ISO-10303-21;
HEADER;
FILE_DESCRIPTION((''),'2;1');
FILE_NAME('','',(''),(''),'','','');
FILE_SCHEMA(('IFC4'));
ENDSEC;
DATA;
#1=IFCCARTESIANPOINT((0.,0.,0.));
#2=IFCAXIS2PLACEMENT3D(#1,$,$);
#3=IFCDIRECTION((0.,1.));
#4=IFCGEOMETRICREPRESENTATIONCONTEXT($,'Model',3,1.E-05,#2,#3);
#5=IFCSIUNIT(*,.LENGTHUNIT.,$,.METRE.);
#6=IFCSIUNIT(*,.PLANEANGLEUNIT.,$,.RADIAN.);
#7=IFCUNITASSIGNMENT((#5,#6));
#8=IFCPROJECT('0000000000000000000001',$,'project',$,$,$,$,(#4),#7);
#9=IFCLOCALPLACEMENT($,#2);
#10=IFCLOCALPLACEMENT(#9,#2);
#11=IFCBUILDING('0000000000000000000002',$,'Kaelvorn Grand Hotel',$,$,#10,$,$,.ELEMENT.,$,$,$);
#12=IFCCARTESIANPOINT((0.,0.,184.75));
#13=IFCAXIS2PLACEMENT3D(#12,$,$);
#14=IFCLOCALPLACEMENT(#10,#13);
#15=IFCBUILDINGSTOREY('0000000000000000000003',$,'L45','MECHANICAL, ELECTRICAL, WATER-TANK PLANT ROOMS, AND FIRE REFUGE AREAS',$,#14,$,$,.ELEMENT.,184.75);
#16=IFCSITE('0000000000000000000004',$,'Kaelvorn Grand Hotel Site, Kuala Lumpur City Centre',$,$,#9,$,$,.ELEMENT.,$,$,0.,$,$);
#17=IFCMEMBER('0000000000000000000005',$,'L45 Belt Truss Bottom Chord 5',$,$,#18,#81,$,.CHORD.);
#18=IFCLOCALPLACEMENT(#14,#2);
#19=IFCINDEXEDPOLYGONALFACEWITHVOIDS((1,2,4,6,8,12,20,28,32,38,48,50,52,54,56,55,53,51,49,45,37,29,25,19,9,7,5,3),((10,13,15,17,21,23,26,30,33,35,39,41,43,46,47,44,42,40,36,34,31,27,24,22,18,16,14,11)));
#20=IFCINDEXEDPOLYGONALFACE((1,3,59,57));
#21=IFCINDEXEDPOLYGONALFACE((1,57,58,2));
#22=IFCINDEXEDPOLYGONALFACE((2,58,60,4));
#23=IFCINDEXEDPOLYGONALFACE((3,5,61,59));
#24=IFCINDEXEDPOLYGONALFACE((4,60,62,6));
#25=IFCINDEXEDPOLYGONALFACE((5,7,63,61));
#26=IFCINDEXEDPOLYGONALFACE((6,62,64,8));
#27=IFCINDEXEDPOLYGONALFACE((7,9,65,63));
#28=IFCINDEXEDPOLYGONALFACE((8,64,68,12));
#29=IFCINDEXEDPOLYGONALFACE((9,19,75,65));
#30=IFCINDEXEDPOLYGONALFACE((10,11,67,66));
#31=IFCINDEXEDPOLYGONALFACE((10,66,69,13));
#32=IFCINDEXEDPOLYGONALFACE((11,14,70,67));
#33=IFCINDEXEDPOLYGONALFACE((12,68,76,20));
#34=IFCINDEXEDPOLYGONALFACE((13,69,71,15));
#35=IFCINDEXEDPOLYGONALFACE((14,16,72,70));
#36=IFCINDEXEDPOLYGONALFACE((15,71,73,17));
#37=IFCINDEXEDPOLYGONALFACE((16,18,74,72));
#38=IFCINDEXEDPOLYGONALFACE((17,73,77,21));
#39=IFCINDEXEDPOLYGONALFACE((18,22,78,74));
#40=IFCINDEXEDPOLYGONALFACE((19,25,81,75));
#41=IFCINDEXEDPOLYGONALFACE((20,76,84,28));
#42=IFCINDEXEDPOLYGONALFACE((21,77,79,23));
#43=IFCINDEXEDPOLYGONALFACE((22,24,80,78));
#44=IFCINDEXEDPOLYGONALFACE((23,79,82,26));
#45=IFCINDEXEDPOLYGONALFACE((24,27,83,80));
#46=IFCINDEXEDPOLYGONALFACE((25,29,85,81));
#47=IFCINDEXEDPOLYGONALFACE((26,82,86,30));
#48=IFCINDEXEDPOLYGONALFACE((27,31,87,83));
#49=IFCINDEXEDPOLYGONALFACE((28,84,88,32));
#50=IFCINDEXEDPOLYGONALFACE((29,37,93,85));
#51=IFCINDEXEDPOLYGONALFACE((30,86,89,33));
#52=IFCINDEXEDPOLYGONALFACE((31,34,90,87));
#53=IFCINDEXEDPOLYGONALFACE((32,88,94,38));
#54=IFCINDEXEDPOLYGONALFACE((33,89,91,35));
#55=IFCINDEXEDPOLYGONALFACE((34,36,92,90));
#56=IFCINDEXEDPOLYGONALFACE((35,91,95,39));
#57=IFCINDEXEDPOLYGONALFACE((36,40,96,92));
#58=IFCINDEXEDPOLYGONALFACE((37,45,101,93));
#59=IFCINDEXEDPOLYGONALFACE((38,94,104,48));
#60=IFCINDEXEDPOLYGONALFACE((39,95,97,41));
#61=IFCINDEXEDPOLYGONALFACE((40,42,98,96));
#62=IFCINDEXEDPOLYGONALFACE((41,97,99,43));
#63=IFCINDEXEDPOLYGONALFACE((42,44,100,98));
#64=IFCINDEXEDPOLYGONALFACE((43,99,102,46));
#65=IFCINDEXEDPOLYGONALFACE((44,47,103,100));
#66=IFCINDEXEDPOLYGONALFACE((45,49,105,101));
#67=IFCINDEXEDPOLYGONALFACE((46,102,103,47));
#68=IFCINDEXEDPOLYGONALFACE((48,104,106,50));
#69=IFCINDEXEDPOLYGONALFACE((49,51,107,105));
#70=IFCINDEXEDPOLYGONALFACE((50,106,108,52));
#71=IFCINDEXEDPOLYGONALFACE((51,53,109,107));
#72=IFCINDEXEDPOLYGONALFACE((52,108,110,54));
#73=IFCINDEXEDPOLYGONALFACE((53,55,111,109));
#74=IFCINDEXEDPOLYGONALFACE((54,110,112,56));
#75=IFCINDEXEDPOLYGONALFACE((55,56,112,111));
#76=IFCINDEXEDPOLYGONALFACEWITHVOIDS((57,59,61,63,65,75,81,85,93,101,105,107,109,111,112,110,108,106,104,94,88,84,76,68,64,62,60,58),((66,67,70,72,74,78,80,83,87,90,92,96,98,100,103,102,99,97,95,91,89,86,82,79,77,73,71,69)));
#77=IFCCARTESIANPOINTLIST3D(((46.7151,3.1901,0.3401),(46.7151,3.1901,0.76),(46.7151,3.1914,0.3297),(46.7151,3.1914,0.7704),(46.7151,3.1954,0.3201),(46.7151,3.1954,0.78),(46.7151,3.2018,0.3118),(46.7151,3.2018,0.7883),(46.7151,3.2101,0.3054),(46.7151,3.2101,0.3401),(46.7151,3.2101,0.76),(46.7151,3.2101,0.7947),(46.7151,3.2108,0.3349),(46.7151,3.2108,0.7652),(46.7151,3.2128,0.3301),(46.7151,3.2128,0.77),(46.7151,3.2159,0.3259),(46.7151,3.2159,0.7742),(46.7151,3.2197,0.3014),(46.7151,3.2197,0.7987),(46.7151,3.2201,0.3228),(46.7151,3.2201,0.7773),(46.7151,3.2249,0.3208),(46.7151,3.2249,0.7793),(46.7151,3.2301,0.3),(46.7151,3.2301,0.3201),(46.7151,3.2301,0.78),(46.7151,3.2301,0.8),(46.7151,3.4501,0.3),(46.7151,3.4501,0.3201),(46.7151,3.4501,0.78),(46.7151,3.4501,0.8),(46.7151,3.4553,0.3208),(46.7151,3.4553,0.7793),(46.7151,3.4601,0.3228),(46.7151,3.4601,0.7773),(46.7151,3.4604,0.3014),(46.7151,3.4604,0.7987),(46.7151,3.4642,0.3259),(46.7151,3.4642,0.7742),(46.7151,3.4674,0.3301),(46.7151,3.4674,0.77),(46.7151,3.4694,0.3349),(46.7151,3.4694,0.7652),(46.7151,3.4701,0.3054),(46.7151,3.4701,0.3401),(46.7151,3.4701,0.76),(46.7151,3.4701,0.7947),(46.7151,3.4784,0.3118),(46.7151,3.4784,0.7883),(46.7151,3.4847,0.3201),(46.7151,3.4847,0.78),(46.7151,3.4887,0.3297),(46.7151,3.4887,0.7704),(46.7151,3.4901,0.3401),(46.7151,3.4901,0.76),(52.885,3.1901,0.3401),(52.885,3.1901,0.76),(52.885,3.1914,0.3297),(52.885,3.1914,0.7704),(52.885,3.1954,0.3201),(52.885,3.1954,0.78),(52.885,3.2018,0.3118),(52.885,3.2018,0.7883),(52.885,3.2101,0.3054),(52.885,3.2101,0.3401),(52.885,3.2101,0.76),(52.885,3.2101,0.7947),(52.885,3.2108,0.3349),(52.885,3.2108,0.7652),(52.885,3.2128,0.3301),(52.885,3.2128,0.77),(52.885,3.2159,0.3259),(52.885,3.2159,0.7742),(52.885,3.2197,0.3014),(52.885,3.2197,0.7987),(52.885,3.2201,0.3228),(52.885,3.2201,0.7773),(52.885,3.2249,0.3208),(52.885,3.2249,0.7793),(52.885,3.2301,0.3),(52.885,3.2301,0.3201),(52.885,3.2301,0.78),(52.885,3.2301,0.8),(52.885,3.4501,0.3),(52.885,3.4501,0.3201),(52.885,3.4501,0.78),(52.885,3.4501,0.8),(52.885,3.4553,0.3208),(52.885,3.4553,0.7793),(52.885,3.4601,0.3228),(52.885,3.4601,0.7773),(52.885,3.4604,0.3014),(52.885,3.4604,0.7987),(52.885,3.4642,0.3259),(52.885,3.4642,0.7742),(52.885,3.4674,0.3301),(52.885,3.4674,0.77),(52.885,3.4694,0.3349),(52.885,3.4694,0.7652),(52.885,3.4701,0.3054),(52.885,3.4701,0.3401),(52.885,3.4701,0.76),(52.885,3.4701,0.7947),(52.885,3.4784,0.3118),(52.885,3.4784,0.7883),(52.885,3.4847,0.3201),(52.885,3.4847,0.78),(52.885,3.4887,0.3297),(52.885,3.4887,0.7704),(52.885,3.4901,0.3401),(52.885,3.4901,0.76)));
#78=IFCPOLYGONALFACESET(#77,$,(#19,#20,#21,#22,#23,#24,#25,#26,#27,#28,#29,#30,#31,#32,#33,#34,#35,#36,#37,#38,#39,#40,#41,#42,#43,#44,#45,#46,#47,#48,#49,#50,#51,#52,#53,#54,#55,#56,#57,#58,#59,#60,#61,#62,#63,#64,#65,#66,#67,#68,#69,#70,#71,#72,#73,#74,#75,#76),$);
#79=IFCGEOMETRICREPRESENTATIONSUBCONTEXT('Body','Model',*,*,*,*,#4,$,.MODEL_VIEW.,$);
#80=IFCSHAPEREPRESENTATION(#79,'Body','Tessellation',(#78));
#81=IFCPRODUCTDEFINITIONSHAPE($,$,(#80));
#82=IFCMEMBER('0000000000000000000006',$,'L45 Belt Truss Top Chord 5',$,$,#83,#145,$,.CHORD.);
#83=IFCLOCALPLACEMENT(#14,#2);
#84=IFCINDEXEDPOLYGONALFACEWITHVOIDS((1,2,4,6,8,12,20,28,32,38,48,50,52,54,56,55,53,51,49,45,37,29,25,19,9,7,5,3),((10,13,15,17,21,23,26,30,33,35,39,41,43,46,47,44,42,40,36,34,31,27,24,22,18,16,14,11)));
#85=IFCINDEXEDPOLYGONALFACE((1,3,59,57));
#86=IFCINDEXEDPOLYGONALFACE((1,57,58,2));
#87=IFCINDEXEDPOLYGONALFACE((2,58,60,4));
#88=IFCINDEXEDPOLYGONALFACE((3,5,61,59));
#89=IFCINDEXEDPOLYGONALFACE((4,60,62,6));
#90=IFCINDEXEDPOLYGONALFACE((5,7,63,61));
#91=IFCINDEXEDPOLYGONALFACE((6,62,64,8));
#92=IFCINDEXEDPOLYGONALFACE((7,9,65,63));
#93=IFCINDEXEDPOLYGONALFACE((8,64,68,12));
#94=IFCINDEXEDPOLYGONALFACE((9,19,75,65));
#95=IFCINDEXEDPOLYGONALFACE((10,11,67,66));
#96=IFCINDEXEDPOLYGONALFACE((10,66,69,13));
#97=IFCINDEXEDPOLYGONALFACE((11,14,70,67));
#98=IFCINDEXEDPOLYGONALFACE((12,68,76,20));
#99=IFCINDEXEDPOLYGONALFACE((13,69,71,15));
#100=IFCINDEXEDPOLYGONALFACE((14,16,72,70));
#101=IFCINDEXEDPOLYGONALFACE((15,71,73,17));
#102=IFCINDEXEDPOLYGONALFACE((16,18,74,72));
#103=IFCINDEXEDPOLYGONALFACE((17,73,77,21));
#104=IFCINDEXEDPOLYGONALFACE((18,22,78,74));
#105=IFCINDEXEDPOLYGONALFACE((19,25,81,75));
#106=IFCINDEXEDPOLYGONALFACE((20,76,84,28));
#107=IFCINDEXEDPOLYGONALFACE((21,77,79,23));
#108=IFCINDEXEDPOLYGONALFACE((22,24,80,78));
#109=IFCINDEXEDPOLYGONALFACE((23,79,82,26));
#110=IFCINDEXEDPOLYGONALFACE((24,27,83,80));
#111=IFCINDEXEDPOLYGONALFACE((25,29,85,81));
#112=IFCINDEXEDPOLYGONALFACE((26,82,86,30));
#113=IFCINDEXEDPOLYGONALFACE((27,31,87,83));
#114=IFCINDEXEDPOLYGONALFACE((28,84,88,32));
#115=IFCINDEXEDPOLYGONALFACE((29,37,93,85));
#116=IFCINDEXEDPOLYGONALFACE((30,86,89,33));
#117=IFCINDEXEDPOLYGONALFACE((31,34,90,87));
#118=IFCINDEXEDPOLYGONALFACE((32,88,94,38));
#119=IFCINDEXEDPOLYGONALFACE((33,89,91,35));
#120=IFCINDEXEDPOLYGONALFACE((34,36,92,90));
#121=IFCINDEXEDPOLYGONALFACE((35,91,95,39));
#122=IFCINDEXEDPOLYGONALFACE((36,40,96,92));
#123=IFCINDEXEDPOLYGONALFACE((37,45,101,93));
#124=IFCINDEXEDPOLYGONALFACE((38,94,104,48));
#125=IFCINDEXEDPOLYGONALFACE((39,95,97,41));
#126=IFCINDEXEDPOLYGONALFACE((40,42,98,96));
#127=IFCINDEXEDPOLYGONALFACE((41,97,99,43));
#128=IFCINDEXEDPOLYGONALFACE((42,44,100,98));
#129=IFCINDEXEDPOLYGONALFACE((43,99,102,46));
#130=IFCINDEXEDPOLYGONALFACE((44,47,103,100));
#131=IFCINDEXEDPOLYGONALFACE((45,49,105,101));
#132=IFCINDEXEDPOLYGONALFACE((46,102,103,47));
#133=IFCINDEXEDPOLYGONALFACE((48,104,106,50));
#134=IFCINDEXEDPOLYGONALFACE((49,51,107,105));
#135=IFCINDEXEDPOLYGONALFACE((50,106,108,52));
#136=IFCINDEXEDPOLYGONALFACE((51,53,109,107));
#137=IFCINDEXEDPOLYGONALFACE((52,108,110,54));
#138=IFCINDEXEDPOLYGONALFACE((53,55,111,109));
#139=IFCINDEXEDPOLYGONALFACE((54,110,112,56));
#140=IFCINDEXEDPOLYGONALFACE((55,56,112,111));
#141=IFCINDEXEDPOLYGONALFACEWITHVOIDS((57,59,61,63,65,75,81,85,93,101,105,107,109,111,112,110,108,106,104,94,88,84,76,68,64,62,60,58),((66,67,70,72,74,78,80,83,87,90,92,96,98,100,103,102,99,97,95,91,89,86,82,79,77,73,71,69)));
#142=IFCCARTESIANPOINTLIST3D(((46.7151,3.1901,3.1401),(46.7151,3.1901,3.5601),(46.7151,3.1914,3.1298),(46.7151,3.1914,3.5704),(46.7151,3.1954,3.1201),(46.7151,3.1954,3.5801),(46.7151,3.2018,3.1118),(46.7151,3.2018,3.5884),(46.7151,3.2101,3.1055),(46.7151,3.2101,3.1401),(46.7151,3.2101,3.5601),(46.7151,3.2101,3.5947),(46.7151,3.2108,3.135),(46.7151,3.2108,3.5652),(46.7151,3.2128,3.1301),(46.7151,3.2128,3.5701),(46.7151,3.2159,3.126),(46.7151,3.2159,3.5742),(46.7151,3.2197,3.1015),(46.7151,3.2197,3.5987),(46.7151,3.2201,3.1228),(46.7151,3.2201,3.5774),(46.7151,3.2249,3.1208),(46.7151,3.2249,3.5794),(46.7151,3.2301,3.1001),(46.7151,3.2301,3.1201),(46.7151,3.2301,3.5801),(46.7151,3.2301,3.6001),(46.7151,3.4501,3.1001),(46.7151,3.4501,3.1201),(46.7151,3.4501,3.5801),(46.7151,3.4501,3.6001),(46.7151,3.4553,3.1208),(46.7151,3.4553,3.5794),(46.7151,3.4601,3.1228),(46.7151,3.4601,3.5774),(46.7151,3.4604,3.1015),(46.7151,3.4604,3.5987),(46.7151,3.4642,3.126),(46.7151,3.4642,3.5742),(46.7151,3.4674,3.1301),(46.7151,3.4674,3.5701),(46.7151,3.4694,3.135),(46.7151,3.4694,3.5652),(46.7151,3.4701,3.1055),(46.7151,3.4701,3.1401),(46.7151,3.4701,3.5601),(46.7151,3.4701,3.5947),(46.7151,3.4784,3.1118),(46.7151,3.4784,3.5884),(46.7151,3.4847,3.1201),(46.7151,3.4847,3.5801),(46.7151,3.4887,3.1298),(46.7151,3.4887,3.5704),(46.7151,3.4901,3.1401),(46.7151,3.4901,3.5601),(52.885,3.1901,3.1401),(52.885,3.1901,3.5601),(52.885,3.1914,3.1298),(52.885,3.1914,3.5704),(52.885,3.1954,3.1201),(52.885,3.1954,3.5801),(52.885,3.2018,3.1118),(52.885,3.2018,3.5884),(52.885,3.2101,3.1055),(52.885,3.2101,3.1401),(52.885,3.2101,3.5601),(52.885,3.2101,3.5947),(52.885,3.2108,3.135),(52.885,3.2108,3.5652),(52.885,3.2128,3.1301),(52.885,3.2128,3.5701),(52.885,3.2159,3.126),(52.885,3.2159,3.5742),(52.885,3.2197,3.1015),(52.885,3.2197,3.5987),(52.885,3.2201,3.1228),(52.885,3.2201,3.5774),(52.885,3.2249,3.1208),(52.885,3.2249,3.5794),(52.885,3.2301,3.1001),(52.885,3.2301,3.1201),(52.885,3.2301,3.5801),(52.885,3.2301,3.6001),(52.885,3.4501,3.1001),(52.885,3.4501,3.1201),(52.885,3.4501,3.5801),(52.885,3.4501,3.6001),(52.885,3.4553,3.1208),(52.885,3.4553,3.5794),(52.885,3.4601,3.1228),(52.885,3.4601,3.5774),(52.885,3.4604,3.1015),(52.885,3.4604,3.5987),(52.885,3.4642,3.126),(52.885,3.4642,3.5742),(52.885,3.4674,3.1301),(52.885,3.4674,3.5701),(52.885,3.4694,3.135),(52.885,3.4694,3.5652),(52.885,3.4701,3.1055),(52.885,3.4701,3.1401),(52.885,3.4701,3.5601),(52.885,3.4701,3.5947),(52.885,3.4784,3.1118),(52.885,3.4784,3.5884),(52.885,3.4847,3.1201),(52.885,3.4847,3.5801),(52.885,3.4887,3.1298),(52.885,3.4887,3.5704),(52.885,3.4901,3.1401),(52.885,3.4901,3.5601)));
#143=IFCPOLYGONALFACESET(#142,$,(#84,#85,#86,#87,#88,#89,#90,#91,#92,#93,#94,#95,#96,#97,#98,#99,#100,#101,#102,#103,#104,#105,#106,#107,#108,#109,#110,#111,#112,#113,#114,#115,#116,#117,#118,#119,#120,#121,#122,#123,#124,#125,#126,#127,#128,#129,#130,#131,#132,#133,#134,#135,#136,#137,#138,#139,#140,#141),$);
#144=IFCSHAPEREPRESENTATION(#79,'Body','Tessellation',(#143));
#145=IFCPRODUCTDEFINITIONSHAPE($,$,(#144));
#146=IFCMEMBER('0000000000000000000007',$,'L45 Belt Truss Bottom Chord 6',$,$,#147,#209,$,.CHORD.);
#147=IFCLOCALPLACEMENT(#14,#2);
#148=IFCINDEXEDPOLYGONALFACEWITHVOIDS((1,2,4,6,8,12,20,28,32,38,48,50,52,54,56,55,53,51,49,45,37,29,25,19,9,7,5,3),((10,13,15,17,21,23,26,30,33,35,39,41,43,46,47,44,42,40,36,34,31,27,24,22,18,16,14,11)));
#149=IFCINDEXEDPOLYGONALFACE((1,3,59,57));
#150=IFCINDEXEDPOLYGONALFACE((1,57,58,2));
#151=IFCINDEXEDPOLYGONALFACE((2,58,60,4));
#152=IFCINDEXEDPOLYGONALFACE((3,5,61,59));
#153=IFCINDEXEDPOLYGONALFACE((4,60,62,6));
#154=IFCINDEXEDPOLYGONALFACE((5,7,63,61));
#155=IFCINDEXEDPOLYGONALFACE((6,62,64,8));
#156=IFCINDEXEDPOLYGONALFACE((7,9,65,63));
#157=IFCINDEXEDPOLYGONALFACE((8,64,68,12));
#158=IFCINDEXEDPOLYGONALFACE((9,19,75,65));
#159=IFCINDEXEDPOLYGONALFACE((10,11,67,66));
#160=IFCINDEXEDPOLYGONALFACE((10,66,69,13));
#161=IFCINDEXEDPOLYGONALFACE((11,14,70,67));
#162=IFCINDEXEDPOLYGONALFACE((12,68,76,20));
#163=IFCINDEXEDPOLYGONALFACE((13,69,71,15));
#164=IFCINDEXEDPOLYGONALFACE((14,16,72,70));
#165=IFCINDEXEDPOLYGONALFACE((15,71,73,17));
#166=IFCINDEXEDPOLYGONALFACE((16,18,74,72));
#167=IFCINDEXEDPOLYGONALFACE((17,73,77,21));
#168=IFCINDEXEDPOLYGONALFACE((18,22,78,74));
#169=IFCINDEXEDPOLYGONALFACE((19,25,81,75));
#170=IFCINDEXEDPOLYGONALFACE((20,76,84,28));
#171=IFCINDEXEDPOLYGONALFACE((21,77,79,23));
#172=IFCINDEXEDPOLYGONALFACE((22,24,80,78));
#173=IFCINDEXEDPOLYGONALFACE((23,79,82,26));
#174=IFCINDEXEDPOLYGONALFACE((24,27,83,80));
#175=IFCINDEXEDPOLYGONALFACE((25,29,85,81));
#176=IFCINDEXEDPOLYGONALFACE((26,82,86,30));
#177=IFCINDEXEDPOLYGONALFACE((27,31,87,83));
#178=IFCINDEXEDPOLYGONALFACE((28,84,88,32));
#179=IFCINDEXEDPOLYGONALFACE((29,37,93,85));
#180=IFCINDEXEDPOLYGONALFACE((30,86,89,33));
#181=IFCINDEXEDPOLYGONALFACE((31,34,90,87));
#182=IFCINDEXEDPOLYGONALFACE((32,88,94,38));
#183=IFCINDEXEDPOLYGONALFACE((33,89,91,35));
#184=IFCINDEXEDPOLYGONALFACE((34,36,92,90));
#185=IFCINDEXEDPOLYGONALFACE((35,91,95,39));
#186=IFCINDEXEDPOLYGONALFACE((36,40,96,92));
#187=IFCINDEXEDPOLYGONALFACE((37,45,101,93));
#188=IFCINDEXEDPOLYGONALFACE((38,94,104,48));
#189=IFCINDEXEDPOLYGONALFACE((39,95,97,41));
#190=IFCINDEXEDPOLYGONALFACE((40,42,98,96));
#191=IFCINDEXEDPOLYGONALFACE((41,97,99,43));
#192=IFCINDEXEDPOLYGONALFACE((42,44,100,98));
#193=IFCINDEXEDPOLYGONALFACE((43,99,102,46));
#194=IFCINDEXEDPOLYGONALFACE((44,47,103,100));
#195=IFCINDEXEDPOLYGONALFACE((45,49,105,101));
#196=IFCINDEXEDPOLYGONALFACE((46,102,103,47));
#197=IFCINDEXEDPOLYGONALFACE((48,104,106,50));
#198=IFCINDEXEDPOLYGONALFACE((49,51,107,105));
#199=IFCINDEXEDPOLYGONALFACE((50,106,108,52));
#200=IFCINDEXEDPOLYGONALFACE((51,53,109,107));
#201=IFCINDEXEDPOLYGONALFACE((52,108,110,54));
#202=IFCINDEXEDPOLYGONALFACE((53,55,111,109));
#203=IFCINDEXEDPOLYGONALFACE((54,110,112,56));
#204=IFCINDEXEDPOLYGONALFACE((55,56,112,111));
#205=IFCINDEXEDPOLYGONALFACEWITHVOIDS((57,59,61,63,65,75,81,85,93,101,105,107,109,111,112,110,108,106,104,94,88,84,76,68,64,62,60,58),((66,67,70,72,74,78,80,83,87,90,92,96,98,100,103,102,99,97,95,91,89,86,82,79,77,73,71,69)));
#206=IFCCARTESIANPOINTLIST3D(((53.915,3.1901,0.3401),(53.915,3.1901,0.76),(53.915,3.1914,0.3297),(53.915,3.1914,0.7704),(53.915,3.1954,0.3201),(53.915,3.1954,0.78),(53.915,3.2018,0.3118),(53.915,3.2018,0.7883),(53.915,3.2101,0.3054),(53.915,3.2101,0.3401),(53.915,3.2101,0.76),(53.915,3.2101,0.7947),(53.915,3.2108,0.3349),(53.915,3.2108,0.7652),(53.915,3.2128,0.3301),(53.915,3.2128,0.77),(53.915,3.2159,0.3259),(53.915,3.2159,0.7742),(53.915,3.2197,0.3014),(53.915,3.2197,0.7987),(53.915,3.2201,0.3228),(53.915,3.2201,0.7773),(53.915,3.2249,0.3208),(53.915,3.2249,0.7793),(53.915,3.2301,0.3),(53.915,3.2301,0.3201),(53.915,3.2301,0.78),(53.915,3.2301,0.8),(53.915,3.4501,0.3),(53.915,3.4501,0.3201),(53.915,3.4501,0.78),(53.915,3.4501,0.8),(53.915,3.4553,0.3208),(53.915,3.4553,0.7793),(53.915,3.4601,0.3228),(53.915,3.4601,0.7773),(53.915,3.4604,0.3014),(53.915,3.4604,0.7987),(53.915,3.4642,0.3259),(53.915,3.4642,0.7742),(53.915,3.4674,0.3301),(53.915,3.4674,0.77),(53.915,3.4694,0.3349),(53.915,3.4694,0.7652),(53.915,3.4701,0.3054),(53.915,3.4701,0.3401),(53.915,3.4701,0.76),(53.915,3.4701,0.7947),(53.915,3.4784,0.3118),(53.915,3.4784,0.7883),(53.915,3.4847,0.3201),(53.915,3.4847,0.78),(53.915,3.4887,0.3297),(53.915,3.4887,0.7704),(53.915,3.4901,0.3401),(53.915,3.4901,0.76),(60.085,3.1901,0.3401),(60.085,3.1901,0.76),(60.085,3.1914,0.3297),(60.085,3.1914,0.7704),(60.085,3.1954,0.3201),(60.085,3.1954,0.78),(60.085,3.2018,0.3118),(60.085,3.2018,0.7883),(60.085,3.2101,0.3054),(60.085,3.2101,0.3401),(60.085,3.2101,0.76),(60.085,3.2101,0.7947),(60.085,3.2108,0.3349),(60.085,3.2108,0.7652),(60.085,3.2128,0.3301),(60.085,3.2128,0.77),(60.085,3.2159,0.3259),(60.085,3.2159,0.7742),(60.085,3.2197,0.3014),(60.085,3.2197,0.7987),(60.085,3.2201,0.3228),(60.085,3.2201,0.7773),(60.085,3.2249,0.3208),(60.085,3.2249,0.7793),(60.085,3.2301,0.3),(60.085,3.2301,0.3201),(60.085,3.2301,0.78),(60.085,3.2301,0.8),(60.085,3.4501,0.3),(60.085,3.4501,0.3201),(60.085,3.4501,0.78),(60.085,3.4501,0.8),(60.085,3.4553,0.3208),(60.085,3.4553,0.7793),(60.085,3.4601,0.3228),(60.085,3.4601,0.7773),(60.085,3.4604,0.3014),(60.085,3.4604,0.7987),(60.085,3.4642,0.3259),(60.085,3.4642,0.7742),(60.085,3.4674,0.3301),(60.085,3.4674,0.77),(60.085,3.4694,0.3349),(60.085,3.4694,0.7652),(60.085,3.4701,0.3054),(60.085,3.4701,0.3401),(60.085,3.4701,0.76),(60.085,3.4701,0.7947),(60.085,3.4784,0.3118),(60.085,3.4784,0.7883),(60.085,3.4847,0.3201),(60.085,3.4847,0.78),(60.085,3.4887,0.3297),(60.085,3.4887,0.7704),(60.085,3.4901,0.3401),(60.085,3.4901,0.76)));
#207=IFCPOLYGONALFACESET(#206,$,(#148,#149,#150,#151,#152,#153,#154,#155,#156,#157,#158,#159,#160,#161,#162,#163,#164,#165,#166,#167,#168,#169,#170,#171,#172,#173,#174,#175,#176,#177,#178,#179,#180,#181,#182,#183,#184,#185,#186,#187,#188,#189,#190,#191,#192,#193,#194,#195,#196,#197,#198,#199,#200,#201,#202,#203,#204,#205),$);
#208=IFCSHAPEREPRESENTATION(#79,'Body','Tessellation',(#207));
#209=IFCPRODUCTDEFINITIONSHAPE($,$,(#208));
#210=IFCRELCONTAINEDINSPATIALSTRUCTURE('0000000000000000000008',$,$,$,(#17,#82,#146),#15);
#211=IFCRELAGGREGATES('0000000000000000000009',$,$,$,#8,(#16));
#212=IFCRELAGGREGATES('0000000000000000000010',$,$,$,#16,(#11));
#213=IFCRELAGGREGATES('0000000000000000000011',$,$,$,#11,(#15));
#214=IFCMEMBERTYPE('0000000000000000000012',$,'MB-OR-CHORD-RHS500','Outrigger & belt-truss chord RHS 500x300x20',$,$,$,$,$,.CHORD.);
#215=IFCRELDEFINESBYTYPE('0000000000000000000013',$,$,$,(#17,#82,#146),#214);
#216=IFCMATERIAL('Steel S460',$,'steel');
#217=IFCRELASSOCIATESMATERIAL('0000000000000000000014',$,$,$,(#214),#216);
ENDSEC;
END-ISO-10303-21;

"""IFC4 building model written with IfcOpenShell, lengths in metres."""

from ifc_helpers import new_model, si_unit, direction, frame, origin, origin_2d, place, context, subcontext, project, spatial, hollow_rectangle, extrude, material, material_profile, profile_set, type_object, element, save


model = new_model("IFC4")

# Units and contexts
model_context = context("Model", 3, precision=1e-05, world=origin(), true_north=direction((0.0, 1.0)))
body_context = subcontext(model_context, "Body", "Model", "MODEL_VIEW")
ifc_project = project(units=[si_unit("LENGTHUNIT", "METRE"), si_unit("PLANEANGLEUNIT", "RADIAN")], contexts=[model_context])

# Site, building, storey
site_placement = place(None, origin())
site = spatial("IfcSite", under=ifc_project, at=site_placement, Name="Kaelvorn Grand Hotel Site, Kuala Lumpur City Centre", CompositionType="ELEMENT", RefElevation=0.0)
building_placement = place(site_placement, origin())
building = spatial("IfcBuilding", under=site, at=building_placement, Name="Kaelvorn Grand Hotel", CompositionType="ELEMENT")
storey_placement = place(building_placement, frame((0.0, 0.0, 184.75)))
storey = spatial("IfcBuildingStorey", under=building, at=storey_placement, Name="L45", Description="MECHANICAL, ELECTRICAL, WATER-TANK PLANT ROOMS, AND FIRE REFUGE AREAS", CompositionType="ELEMENT", Elevation=184.75)

# Members
ifc_material_1 = material(Name="Steel S460", Category="steel")
ifc_material_profile_1 = material_profile(ifc_material_1, hollow_rectangle(XDim=0.3, YDim=0.5, WallThickness=0.02, InnerFilletRadius=0.02, OuterFilletRadius=0.04, at=origin_2d()), Name="RHS 500x300x20.0")
ifc_profile_set_1 = profile_set([ifc_material_profile_1], Name="Steel S460")
member_type_1 = type_object("IfcMemberType", Name="MB-OR-CHORD-RHS500", Description="Outrigger & belt-truss chord RHS 500x300x20", PredefinedType="CHORD", material=ifc_profile_set_1)
for number, where, z_axis, x_axis, name in (
    (1, (46.7151, 3.3401, 0.55), (1.0, 0.0, 0.0), (0.0, 1.0, 0.0), "L45 Belt Truss Bottom Chord 5"),
    (2, (46.7151, 3.3401, 3.3501), (1.0, 0.0, 0.0), (0.0, 1.0, 0.0), "L45 Belt Truss Top Chord 5"),
    (3, (53.915, 3.3401, 0.55), (1.0, 0.0, 0.0), (0.0, 1.0, 0.0), "L45 Belt Truss Bottom Chord 6"),
):
    element("IfcMember", number, at=place(storey_placement, frame(where, z_axis=z_axis, x_axis=x_axis)), inside=storey, type_object=member_type_1, Name=name, PredefinedType="CHORD", context=body_context, shape_type="SweptSolid", body=[
        extrude(hollow_rectangle(XDim=0.3, YDim=0.5, WallThickness=0.02, InnerFilletRadius=0.02, OuterFilletRadius=0.04, at=origin_2d()), origin(), (0.0, 0.0, 1.0), 6.1699),
    ])

save(model, "model.ifc")
